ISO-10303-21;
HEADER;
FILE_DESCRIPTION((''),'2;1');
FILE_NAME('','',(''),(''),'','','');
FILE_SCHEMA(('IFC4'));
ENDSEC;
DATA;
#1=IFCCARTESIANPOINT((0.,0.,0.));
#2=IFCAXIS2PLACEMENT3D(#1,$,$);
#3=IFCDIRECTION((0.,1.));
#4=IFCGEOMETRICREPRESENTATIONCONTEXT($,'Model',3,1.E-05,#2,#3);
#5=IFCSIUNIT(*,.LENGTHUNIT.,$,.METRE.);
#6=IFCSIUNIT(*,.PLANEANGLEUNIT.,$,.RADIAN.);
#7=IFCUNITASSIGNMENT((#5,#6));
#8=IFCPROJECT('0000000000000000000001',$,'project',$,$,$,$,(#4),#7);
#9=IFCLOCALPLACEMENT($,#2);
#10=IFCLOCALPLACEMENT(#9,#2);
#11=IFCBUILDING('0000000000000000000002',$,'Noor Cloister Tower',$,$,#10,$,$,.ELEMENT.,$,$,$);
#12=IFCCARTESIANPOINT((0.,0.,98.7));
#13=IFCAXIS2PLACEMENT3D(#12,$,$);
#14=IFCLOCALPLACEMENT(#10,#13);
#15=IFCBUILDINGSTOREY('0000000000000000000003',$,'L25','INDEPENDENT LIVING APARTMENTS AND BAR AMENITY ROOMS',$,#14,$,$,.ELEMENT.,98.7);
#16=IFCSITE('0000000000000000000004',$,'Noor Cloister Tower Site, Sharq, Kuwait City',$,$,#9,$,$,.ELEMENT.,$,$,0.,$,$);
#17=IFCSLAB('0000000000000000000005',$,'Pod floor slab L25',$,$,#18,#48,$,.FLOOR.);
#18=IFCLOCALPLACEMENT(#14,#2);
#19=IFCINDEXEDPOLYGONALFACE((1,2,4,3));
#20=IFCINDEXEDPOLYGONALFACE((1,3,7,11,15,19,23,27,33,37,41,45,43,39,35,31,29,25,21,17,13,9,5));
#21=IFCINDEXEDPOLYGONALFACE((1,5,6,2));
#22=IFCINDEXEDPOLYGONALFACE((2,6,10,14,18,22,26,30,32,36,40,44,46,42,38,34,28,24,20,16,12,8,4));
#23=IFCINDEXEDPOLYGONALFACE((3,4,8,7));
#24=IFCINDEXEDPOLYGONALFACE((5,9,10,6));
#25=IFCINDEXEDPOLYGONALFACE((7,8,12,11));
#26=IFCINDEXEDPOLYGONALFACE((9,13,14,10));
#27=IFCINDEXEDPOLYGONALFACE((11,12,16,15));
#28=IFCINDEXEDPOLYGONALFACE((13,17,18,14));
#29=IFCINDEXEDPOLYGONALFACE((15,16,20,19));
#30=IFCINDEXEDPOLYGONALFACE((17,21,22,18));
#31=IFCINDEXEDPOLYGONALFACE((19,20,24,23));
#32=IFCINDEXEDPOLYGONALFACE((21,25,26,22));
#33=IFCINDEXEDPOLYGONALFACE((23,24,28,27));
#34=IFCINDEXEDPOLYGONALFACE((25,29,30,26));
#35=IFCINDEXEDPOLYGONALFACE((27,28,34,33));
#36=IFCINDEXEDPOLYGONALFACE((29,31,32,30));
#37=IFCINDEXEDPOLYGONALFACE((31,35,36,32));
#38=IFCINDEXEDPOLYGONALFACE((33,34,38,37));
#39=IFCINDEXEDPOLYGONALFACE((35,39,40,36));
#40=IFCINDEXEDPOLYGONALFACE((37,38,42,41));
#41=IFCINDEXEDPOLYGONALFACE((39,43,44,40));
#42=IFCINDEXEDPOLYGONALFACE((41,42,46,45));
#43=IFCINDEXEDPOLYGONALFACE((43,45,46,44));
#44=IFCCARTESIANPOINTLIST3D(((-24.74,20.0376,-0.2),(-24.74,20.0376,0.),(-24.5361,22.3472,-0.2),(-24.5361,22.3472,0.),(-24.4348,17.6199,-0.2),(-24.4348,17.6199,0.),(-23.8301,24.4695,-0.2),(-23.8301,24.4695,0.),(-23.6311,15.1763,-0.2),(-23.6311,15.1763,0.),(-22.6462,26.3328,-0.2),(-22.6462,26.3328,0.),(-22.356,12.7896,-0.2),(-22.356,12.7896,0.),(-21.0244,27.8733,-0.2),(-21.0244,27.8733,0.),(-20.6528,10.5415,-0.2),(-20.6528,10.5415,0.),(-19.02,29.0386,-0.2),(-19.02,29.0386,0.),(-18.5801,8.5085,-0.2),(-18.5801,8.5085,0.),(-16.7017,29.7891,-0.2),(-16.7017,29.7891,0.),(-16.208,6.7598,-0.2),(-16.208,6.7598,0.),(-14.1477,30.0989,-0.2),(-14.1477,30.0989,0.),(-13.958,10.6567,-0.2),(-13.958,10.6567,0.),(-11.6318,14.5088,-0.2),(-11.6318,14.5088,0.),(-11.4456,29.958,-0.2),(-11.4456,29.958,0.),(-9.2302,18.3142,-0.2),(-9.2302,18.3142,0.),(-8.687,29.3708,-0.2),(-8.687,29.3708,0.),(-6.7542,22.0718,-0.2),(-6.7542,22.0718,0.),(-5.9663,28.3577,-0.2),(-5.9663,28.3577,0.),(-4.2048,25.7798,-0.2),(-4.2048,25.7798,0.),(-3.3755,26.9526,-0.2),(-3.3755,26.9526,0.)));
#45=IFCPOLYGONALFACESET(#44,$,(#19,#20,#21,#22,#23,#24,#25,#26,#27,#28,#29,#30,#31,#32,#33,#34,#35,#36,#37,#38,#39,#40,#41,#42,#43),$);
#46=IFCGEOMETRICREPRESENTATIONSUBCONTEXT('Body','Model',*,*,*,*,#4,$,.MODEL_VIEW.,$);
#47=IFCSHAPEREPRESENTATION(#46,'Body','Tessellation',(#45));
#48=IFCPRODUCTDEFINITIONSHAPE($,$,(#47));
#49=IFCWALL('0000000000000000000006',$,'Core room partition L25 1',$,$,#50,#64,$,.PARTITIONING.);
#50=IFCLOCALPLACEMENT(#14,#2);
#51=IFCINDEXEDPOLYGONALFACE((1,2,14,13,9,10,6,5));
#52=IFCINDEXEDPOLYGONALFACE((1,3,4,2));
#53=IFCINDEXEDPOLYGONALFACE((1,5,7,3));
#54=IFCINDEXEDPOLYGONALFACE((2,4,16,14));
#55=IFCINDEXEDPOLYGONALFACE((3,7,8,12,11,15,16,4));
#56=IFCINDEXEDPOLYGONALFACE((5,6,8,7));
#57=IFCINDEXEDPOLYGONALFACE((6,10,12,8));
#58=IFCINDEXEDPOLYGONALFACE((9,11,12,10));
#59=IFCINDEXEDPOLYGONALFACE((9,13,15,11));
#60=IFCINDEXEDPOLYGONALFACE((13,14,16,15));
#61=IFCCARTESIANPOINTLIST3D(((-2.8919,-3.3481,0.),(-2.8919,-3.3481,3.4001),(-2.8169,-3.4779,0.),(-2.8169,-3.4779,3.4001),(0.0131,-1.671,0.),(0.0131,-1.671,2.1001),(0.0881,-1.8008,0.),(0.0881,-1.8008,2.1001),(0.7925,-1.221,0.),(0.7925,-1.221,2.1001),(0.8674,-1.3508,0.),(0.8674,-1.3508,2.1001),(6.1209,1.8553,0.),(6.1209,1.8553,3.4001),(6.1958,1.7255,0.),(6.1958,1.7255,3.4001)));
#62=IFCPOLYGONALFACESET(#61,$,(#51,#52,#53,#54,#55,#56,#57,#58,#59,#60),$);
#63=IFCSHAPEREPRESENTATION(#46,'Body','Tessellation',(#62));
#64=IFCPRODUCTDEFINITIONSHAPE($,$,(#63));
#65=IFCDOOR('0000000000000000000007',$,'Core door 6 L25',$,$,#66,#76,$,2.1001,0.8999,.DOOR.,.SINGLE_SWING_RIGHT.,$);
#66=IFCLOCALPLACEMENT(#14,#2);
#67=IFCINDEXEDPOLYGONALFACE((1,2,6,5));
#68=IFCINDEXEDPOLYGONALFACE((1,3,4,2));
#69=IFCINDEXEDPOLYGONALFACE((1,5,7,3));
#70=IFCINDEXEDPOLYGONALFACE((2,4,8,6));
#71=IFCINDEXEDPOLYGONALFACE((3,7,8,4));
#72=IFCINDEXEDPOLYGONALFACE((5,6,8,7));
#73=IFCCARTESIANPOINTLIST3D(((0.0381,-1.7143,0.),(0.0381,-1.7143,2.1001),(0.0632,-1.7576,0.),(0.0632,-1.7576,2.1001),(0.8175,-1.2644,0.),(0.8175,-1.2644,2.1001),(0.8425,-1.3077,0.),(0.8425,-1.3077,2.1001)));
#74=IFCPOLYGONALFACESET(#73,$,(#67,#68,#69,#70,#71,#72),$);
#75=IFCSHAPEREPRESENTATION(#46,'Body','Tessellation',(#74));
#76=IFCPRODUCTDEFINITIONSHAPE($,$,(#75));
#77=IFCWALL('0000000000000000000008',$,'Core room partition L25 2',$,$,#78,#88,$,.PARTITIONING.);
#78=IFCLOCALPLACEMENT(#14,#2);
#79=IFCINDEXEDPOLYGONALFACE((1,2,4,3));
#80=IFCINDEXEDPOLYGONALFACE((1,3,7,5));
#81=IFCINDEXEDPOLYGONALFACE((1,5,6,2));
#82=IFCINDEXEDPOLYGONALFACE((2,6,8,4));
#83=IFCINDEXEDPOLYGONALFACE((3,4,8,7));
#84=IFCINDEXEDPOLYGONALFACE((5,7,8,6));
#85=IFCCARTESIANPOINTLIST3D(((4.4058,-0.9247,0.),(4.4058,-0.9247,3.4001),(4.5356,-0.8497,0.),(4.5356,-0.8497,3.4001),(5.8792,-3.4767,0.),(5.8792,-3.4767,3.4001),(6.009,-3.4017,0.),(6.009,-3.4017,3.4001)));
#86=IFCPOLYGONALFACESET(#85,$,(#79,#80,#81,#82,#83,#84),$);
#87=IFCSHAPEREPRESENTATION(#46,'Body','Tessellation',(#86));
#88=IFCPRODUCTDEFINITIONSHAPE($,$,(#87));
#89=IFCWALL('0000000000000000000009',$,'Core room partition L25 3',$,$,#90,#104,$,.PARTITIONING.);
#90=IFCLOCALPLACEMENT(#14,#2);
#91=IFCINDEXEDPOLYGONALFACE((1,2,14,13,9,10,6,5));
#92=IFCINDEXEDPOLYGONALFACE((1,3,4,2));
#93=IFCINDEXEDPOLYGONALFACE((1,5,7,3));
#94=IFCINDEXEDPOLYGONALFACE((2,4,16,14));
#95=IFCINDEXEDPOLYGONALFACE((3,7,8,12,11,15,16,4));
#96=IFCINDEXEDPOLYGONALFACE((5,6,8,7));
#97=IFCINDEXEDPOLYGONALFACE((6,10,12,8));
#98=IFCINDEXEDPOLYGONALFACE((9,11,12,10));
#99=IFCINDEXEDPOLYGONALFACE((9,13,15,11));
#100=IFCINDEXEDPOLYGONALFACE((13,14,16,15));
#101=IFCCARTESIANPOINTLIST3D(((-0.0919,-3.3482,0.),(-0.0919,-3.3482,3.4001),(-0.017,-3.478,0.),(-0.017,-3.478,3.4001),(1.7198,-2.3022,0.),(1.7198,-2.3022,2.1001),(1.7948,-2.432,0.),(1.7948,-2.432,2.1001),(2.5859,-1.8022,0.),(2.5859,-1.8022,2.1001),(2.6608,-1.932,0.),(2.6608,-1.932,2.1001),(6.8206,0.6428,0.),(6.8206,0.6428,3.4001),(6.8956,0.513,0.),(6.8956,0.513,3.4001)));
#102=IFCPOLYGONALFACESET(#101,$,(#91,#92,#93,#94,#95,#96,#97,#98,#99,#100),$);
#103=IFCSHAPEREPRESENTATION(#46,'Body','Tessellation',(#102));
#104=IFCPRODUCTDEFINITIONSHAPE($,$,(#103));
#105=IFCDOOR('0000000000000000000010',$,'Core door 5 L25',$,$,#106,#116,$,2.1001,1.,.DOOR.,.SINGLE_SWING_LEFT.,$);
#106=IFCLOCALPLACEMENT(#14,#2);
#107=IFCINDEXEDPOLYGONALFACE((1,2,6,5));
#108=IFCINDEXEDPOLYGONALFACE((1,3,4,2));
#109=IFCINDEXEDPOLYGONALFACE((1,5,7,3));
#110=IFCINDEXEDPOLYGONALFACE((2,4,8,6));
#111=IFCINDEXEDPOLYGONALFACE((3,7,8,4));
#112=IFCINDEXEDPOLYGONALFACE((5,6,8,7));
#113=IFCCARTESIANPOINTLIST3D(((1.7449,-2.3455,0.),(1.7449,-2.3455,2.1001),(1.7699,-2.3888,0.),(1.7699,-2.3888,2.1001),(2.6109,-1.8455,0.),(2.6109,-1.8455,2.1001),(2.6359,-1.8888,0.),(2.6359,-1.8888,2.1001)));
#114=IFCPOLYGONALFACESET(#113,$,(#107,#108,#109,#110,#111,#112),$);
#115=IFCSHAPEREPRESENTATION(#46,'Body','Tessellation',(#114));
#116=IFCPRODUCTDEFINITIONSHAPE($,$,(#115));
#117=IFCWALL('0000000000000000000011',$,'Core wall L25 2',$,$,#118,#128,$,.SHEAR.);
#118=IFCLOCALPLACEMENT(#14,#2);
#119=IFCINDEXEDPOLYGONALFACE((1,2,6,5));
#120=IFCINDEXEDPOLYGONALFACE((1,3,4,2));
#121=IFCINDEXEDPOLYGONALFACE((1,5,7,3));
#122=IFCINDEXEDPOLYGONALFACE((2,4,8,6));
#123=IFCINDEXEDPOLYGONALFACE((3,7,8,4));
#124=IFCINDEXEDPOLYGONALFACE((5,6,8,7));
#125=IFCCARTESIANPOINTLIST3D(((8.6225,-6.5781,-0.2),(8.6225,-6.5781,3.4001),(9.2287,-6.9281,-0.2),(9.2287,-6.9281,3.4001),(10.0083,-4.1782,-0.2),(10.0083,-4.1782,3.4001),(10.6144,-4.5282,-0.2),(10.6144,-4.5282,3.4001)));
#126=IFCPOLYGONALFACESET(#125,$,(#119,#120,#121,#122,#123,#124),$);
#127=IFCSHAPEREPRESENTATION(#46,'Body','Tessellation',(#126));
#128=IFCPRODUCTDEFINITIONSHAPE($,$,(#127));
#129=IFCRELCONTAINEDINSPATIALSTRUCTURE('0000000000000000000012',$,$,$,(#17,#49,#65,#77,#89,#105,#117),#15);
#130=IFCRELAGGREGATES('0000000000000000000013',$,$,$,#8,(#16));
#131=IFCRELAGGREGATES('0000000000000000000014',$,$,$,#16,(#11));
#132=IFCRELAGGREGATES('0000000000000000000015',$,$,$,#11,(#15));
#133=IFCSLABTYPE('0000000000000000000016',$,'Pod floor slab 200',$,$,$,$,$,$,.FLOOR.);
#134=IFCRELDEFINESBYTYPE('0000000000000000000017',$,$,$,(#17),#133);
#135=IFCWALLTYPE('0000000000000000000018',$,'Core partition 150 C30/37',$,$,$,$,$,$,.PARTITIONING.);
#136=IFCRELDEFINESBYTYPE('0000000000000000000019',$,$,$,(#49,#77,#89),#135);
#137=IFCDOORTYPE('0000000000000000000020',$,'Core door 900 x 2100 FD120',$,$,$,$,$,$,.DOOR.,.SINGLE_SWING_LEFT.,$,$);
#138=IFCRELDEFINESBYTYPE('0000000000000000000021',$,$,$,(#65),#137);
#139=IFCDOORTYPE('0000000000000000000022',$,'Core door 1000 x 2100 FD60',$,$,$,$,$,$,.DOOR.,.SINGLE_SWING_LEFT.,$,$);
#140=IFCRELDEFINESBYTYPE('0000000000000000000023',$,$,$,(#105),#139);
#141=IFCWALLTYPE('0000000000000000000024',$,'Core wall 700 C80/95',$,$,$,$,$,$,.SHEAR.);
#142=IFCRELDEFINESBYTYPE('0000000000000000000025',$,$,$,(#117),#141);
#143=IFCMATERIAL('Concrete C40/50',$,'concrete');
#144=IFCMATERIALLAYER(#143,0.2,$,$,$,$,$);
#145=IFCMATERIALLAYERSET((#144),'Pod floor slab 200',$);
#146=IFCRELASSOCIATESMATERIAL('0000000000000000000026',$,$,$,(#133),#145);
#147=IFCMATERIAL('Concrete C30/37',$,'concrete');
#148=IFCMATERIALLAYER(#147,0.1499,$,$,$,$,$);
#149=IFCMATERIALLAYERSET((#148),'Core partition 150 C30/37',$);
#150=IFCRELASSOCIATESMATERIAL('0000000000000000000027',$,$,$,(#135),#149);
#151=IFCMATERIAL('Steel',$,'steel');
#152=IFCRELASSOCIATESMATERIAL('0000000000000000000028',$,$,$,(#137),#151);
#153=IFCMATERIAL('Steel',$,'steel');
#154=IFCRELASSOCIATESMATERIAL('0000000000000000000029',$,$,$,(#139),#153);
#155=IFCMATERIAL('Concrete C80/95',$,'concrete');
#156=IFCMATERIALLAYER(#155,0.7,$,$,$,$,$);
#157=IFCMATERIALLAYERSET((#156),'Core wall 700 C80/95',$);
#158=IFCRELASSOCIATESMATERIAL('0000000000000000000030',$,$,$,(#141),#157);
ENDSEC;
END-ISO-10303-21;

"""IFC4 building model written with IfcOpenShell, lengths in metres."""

from ifc_helpers import new_model, si_unit, direction, frame, frame_2d, origin, place, context, subcontext, project, spatial, polyline, rectangle, outline, extrude, material, layer, layer_set, type_object, element, fill, save


model = new_model("IFC4")

# Units and contexts
model_context = context("Model", 3, precision=1e-05, world=origin(), true_north=direction((0.0, 1.0)))
body_context = subcontext(model_context, "Body", "Model", "MODEL_VIEW")
ifc_project = project(units=[si_unit("LENGTHUNIT", "METRE"), si_unit("PLANEANGLEUNIT", "RADIAN")], contexts=[model_context])

# Site, building, storey
site_placement = place(None, origin())
site = spatial("IfcSite", under=ifc_project, at=site_placement, Name="Noor Cloister Tower Site, Sharq, Kuwait City", CompositionType="ELEMENT", RefElevation=0.0)
building_placement = place(site_placement, origin())
building = spatial("IfcBuilding", under=site, at=building_placement, Name="Noor Cloister Tower", CompositionType="ELEMENT")
storey_placement = place(building_placement, frame((0.0, 0.0, 98.7)))
storey = spatial("IfcBuildingStorey", under=building, at=storey_placement, Name="L25", Description="INDEPENDENT LIVING APARTMENTS AND BAR AMENITY ROOMS", CompositionType="ELEMENT", Elevation=98.7)

# Slab
ifc_material_1 = material(Name="Concrete C40/50", Category="concrete")
ifc_layer_1 = layer(ifc_material_1, 0.2)
ifc_layer_set_1 = layer_set([ifc_layer_1], Name="Pod floor slab 200")
slab_type_1 = type_object("IfcSlabType", Name="Pod floor slab 200", PredefinedType="FLOOR", material=ifc_layer_set_1)
slab_1_placement = place(storey_placement, frame((0.0, 0.0, -0.2)))
element("IfcSlab", 1, at=slab_1_placement, inside=storey, type_object=slab_type_1, Name="Pod floor slab L25", PredefinedType="FLOOR", context=body_context, shape_type="SweptSolid", body=[
    extrude(outline(polyline([(-3.3755, 26.9526), (-5.9663, 28.3577), (-8.687, 29.3708), (-11.4456, 29.958), (-14.1477, 30.0989), (-16.7017, 29.7891), (-19.02, 29.0386), (-21.0244, 27.8733), (-22.6462, 26.3328), (-23.8301, 24.4695), (-24.5361, 22.3472), (-24.74, 20.0376), (-24.4348, 17.6199), (-23.6311, 15.1763), (-22.356, 12.7896), (-20.6528, 10.5415), (-18.5801, 8.5085), (-16.208, 6.7598), (-13.958, 10.6567), (-11.6318, 14.5088), (-9.2302, 18.3142), (-6.7542, 22.0718), (-4.2048, 25.7798), (-3.3755, 26.9526)])), origin(), (0.0, 0.0, 1.0), 0.2),
])

# Wall, opening, door
ifc_material_2 = material(Name="Concrete C30/37", Category="concrete")
ifc_layer_2 = layer(ifc_material_2, 0.1499)
ifc_layer_set_2 = layer_set([ifc_layer_2], Name="Core partition 150 C30/37")
wall_type_1 = type_object("IfcWallType", Name="Core partition 150 C30/37", PredefinedType="PARTITIONING", material=ifc_layer_set_2)
wall_1_placement = place(storey_placement, frame((-2.8545, -3.4131, 0.0), z_axis=(0.0, 0.0, 1.0), x_axis=(0.86603, 0.499992, 0.0)))
wall_1 = element("IfcWall", 2, at=wall_1_placement, inside=storey, type_object=wall_type_1, Name="Core room partition L25 1", PredefinedType="PARTITIONING", context=body_context, shape_type="SweptSolid", body=[
    extrude(rectangle(XDim=10.407, YDim=0.1499, at=frame_2d((5.2036, 0.0))), origin(), (0.0, 0.0, 1.0), 3.4001),
])
opening_1_placement = place(wall_1_placement, frame((3.3545, 0.0, 0.0)))
opening_1 = element("IfcOpeningElement", 3, at=opening_1_placement, cuts=wall_1, PredefinedType="OPENING", context=body_context, shape_type="SweptSolid", body=[
    extrude(rectangle(XDim=0.8999, YDim=2.1001, at=frame_2d((0.45, 1.05))), frame((0.0, 0.085, 0.0), z_axis=(0.0, -1.0, 0.0), x_axis=(1.0, 0.0, 0.0)), (0.0, 0.0, 1.0), 0.1699),
])
ifc_material_3 = material(Name="Steel", Category="steel")
door_type_1 = type_object("IfcDoorType", Name="Core door 900 x 2100 FD120", OperationType="SINGLE_SWING_LEFT", PredefinedType="DOOR", material=ifc_material_3)
door_1_placement = place(opening_1_placement, origin())
door_1 = element("IfcDoor", 4, at=door_1_placement, inside=storey, type_object=door_type_1, Name="Core door 6 L25", OperationType="SINGLE_SWING_RIGHT", OverallHeight=2.1001, OverallWidth=0.8999, PredefinedType="DOOR", context=body_context, shape_type="SweptSolid", body=[
    extrude(rectangle(XDim=0.8999, YDim=2.1001, at=frame_2d((0.45, 1.05))), frame((0.0, 0.0249, 0.0), z_axis=(0.0, -1.0, 0.0), x_axis=(1.0, 0.0, 0.0)), (0.0, 0.0, 1.0), 0.05),
])
fill(opening_1, door_1)

# Wall
wall_2_placement = place(storey_placement, frame((5.9441, -3.4392, 0.0), z_axis=(0.0, 0.0, 1.0), x_axis=(-0.499997, 0.866027, 0.0)))
element("IfcWall", 5, at=wall_2_placement, inside=storey, type_object=wall_type_1, Name="Core room partition L25 2", PredefinedType="PARTITIONING", context=body_context, shape_type="SweptSolid", body=[
    extrude(rectangle(XDim=2.9468, YDim=0.1499, at=frame_2d((1.4734, 0.0))), origin(), (0.0, 0.0, 1.0), 3.4001),
])

# Wall, opening, door
wall_3_placement = place(storey_placement, frame((-0.0544, -3.4131, 0.0), z_axis=(0.0, 0.0, 1.0), x_axis=(0.866027, 0.499998, 0.0)))
wall_3 = element("IfcWall", 6, at=wall_3_placement, inside=storey, type_object=wall_type_1, Name="Core room partition L25 3", PredefinedType="PARTITIONING", context=body_context, shape_type="SweptSolid", body=[
    extrude(rectangle(XDim=7.9819, YDim=0.1499, at=frame_2d((3.991, 0.0))), origin(), (0.0, 0.0, 1.0), 3.4001),
])
opening_2_placement = place(wall_3_placement, frame((2.092, 0.0, 0.0)))
opening_2 = element("IfcOpeningElement", 7, at=opening_2_placement, cuts=wall_3, PredefinedType="OPENING", context=body_context, shape_type="SweptSolid", body=[
    extrude(rectangle(XDim=1.0, YDim=2.1001, at=frame_2d((0.5, 1.05))), frame((0.0, 0.085, 0.0), z_axis=(0.0, -1.0, 0.0), x_axis=(1.0, 0.0, 0.0)), (0.0, 0.0, 1.0), 0.1699),
])
ifc_material_4 = material(Name="Steel", Category="steel")
door_type_2 = type_object("IfcDoorType", Name="Core door 1000 x 2100 FD60", OperationType="SINGLE_SWING_LEFT", PredefinedType="DOOR", material=ifc_material_4)
door_2_placement = place(opening_2_placement, origin())
door_2 = element("IfcDoor", 8, at=door_2_placement, inside=storey, type_object=door_type_2, Name="Core door 5 L25", OperationType="SINGLE_SWING_LEFT", OverallHeight=2.1001, OverallWidth=1.0, PredefinedType="DOOR", context=body_context, shape_type="SweptSolid", body=[
    extrude(rectangle(XDim=1.0, YDim=2.1001, at=frame_2d((0.5, 1.05))), frame((0.0, 0.0249, 0.0), z_axis=(0.0, -1.0, 0.0), x_axis=(1.0, 0.0, 0.0)), (0.0, 0.0, 1.0), 0.05),
])
fill(opening_2, door_2)

# Wall
ifc_material_5 = material(Name="Concrete C80/95", Category="concrete")
ifc_layer_3 = layer(ifc_material_5, 0.7)
ifc_layer_set_3 = layer_set([ifc_layer_3], Name="Core wall 700 C80/95")
wall_type_2 = type_object("IfcWallType", Name="Core wall 700 C80/95", PredefinedType="SHEAR", material=ifc_layer_set_3)
wall_4_placement = place(storey_placement, frame((8.9255, -6.7532, -0.2), z_axis=(0.0, 0.0, 1.0), x_axis=(0.500043, 0.866001, 0.0)))
element("IfcWall", 9, at=wall_4_placement, inside=storey, type_object=wall_type_2, Name="Core wall L25 2", PredefinedType="SHEAR", context=body_context, shape_type="SweptSolid", body=[
    extrude(rectangle(XDim=2.7712, YDim=0.7, at=frame_2d((1.3857, 0.0))), origin(), (0.0, 0.0, 1.0), 3.6001),
])

save(model, "model.ifc")
